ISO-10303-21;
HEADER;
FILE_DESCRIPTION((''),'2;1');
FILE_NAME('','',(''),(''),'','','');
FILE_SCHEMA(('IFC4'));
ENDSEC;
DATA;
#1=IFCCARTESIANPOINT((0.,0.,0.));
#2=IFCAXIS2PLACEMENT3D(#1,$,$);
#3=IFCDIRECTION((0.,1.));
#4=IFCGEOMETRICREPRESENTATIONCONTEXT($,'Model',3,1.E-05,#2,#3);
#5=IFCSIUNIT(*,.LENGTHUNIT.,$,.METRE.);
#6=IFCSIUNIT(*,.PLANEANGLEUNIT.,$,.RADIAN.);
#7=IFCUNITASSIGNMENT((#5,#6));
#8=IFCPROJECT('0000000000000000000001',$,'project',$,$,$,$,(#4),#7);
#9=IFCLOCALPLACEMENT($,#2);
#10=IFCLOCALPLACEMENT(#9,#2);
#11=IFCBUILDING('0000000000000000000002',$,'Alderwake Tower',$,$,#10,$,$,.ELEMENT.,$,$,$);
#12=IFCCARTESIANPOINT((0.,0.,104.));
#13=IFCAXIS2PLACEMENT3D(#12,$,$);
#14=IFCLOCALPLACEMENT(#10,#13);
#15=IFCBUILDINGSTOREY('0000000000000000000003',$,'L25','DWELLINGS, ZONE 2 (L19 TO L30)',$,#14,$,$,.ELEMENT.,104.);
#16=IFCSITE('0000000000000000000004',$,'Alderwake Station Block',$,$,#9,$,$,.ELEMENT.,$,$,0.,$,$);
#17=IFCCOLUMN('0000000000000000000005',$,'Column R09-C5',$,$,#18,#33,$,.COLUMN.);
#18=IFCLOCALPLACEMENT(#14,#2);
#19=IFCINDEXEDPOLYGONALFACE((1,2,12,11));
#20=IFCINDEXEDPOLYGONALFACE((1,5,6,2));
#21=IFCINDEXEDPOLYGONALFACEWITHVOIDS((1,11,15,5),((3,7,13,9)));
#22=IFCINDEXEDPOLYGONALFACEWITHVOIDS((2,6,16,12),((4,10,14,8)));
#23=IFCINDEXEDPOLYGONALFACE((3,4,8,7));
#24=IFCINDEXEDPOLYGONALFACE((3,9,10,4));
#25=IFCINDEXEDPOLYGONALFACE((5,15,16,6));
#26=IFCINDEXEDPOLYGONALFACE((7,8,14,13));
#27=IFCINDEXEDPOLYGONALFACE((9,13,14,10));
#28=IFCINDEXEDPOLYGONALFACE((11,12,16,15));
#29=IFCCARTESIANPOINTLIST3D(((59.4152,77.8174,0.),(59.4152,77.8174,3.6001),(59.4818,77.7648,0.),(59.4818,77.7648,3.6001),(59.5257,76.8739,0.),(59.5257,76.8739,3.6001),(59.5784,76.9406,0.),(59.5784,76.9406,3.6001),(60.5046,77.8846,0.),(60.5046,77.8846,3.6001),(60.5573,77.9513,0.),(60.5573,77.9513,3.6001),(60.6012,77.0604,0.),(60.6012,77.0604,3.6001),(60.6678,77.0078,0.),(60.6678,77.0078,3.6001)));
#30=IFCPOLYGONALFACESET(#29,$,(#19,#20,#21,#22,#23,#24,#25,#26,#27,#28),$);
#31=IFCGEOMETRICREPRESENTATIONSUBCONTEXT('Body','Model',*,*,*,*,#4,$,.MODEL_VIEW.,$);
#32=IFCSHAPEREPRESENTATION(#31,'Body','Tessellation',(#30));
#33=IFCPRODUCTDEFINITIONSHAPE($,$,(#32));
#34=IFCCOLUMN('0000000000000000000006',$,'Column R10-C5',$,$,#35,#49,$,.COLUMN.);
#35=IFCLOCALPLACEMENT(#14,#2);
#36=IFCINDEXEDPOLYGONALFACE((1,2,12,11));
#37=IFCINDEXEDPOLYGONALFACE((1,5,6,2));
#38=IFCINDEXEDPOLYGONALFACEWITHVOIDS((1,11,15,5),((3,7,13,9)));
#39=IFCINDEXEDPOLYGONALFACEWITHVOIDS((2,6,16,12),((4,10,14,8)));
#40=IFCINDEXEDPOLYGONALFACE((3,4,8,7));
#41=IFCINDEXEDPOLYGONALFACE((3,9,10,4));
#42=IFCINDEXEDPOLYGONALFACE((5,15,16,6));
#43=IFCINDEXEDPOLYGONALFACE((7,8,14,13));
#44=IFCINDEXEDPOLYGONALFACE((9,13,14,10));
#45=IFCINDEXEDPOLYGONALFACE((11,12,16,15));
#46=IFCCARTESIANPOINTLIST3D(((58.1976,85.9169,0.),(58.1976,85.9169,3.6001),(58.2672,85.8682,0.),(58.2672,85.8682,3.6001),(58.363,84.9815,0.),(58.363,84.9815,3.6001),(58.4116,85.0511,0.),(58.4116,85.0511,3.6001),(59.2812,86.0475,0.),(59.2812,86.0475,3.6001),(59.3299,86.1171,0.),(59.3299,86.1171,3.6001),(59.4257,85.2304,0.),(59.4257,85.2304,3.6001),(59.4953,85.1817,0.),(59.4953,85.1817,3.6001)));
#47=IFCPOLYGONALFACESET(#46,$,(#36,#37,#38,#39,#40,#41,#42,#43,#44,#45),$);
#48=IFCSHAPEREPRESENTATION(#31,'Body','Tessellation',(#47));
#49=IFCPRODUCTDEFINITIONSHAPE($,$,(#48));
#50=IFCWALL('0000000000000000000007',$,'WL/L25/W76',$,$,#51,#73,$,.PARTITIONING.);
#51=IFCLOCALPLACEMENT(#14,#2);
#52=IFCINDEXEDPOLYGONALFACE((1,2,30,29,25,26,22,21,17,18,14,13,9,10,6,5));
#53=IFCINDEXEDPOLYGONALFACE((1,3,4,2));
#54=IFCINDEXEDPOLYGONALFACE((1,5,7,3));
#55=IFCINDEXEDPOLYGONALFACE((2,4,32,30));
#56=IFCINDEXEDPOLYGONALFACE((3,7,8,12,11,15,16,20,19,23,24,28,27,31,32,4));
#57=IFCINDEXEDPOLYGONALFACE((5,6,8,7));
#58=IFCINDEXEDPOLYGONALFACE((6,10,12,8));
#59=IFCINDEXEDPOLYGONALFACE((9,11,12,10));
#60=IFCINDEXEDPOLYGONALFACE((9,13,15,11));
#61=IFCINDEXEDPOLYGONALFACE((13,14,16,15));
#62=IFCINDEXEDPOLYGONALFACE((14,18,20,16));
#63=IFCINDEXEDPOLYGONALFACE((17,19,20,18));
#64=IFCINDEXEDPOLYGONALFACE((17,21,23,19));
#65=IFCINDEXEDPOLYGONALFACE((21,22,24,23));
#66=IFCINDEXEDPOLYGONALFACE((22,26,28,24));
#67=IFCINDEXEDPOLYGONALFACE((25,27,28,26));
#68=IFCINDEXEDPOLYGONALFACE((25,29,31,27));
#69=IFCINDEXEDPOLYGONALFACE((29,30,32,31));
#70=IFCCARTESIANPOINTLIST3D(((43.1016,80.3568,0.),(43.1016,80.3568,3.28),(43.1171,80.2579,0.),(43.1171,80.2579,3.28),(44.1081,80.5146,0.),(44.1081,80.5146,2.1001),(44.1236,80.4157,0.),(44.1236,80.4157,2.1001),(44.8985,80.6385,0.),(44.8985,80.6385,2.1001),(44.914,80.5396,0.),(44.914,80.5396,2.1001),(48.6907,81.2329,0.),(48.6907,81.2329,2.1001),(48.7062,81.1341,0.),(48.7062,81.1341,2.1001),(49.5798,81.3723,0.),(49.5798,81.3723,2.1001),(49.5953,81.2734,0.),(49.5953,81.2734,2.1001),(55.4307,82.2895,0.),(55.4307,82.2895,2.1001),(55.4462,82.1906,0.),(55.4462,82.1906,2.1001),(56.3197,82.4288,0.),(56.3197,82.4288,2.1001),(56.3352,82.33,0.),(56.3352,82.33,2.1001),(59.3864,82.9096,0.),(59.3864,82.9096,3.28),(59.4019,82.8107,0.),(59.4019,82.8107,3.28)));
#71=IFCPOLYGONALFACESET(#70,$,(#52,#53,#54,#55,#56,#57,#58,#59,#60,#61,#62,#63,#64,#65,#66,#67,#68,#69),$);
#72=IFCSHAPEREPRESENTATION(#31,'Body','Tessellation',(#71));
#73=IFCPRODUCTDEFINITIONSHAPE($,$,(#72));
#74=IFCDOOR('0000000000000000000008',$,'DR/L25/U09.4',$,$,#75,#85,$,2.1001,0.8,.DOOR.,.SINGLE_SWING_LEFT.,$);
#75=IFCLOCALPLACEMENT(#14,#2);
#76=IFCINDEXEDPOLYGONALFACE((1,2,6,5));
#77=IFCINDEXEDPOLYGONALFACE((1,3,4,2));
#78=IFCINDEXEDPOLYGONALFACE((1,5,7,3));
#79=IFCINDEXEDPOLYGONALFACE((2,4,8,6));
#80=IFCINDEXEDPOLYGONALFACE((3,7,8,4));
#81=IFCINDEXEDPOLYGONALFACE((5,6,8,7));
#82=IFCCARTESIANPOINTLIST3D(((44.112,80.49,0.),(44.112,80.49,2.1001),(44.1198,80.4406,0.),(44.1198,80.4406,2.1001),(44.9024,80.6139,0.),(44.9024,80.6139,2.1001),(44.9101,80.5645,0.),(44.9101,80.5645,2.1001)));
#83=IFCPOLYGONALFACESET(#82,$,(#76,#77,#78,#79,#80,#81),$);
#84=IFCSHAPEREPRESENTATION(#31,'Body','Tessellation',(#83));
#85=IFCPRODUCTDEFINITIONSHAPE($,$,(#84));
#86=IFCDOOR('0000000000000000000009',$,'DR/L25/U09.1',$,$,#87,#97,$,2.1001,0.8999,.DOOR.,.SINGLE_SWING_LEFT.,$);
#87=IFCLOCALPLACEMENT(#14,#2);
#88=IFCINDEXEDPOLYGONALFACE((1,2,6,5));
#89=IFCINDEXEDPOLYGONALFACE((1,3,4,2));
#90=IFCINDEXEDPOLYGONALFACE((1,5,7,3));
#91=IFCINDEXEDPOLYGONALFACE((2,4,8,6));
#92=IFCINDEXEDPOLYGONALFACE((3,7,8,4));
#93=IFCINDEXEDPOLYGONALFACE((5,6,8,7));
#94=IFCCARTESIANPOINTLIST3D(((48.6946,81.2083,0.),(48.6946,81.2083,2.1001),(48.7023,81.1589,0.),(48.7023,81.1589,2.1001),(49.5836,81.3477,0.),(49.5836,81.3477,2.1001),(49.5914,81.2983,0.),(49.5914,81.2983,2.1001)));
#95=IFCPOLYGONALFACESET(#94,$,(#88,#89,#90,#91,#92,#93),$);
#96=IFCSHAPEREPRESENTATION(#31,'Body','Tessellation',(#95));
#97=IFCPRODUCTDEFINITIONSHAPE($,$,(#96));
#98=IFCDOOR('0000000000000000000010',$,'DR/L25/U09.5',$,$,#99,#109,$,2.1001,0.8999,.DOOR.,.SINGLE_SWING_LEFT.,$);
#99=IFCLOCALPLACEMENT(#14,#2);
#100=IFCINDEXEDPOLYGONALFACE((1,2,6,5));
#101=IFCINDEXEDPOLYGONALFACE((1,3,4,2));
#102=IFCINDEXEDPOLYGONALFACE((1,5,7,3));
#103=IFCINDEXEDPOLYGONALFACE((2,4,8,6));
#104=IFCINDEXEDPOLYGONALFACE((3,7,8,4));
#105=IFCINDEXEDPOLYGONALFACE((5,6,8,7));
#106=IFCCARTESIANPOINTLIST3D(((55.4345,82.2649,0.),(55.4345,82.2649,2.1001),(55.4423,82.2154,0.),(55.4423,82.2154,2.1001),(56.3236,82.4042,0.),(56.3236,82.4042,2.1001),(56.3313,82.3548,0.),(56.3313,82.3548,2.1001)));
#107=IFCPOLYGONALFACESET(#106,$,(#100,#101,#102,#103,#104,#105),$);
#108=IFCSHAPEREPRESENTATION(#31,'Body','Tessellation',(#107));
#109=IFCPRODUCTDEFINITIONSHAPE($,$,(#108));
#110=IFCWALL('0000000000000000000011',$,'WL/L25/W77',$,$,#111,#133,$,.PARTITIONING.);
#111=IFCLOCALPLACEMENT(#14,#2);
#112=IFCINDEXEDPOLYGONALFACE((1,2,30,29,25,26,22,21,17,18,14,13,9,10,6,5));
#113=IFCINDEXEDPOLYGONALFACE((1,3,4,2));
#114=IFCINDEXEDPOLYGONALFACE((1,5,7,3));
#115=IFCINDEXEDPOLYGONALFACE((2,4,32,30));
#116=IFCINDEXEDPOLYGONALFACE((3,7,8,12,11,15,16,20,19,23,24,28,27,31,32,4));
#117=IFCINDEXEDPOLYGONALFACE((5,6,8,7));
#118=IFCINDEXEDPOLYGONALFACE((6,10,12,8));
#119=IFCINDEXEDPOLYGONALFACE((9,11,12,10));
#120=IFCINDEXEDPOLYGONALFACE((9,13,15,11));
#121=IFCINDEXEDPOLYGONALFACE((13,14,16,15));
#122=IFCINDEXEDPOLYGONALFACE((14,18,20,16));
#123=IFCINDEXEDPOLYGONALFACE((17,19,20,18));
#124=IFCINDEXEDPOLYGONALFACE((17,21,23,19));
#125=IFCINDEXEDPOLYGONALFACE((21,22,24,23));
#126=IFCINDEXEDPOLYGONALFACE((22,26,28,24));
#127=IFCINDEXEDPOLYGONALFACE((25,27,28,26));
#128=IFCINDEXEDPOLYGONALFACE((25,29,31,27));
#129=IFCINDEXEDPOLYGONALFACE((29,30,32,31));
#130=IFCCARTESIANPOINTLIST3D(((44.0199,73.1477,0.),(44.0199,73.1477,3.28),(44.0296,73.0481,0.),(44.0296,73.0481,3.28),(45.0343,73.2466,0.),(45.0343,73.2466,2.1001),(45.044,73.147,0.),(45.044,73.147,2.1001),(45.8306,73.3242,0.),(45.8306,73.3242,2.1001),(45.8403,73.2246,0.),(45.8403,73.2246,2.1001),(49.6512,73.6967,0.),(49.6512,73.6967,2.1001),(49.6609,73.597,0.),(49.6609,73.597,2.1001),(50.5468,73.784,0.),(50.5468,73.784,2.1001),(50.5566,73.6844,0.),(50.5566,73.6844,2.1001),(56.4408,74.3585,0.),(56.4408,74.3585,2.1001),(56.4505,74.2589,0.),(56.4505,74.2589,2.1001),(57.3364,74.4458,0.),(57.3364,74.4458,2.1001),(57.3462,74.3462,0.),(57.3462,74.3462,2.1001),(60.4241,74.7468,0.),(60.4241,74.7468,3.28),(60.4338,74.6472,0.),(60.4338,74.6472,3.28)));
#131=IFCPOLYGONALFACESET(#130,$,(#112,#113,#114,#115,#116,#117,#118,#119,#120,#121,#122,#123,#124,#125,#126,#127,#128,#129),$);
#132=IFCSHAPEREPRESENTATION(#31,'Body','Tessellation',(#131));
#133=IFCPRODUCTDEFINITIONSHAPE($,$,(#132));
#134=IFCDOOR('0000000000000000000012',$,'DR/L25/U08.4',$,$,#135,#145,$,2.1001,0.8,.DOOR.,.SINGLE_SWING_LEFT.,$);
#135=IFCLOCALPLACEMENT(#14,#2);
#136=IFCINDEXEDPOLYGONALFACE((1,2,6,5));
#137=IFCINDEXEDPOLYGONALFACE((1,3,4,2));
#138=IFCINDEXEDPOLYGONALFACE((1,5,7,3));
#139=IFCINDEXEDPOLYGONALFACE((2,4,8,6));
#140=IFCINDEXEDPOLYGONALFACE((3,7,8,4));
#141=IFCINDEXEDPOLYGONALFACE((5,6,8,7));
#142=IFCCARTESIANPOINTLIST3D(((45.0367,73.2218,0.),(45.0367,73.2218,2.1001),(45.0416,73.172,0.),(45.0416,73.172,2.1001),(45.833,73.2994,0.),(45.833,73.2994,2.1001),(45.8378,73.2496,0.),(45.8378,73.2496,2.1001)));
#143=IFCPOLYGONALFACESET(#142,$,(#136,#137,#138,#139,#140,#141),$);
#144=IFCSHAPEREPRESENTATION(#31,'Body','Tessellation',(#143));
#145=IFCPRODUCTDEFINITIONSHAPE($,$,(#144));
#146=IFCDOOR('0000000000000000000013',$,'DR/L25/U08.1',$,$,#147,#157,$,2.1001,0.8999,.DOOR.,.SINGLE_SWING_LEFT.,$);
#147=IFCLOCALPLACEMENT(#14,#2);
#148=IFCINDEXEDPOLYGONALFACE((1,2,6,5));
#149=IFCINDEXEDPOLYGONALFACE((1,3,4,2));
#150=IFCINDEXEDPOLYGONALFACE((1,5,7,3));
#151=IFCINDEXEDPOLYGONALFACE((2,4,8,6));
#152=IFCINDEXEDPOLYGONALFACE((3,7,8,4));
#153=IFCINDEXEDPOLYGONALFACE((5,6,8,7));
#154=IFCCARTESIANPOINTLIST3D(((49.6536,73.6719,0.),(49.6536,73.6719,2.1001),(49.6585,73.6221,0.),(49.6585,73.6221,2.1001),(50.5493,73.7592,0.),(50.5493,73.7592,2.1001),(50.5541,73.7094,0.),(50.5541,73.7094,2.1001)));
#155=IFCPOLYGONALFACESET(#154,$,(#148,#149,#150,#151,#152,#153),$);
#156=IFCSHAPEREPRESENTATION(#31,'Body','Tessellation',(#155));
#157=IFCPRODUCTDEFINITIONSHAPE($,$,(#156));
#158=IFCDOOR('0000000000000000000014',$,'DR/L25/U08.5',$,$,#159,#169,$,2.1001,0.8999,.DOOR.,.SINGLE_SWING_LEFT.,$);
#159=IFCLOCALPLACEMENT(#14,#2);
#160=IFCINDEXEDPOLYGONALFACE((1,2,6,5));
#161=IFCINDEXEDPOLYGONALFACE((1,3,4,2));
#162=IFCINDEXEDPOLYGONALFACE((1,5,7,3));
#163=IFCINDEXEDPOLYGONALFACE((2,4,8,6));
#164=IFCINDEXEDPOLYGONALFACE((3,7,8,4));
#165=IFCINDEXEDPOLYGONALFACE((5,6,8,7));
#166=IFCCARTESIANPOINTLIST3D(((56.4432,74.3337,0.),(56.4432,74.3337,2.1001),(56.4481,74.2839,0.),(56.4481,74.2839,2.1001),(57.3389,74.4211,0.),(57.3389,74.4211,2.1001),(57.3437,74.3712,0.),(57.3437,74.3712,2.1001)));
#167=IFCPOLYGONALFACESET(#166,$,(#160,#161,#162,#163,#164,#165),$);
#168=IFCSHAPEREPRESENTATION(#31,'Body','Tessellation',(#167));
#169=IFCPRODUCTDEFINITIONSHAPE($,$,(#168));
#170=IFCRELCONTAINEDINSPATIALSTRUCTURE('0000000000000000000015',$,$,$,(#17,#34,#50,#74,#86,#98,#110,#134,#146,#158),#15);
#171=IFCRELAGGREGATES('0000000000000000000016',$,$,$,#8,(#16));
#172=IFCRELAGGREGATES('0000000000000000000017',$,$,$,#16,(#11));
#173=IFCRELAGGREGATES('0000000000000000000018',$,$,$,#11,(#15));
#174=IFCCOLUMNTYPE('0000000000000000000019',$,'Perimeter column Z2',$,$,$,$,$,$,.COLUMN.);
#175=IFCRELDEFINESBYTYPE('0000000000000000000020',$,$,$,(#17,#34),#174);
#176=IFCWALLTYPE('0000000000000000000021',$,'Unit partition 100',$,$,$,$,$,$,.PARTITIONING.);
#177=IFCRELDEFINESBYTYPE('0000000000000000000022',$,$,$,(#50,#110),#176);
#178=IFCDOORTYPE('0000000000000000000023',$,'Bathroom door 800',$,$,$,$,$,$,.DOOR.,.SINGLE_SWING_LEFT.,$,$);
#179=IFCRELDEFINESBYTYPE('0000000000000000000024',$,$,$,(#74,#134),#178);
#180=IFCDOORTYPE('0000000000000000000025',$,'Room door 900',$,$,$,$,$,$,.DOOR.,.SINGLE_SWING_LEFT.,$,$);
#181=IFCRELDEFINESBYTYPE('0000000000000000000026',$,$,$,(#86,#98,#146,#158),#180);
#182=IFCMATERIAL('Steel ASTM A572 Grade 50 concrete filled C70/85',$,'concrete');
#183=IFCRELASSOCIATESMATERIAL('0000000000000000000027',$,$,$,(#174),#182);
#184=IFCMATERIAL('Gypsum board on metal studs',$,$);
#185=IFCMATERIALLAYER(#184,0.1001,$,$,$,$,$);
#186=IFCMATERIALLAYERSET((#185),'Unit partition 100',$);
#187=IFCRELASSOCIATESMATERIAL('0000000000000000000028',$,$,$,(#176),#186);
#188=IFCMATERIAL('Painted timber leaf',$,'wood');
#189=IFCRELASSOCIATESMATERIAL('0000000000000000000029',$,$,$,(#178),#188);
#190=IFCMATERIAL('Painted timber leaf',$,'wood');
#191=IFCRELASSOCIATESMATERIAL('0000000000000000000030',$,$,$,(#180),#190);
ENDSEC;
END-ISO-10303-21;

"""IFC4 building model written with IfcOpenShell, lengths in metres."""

from ifc_helpers import new_model, si_unit, direction, frame, frame_2d, origin, origin_2d, place, context, subcontext, project, spatial, rectangle, hollow_rectangle, extrude, material, layer, layer_set, material_profile, profile_set, type_object, element, fill, save


model = new_model("IFC4")

# Units and contexts
model_context = context("Model", 3, precision=1e-05, world=origin(), true_north=direction((0.0, 1.0)))
body_context = subcontext(model_context, "Body", "Model", "MODEL_VIEW")
ifc_project = project(units=[si_unit("LENGTHUNIT", "METRE"), si_unit("PLANEANGLEUNIT", "RADIAN")], contexts=[model_context])

# Site, building, storey
site_placement = place(None, origin())
site = spatial("IfcSite", under=ifc_project, at=site_placement, Name="Alderwake Station Block", CompositionType="ELEMENT", RefElevation=0.0)
building_placement = place(site_placement, origin())
building = spatial("IfcBuilding", under=site, at=building_placement, Name="Alderwake Tower", CompositionType="ELEMENT")
storey_placement = place(building_placement, frame((0.0, 0.0, 104.0)))
storey = spatial("IfcBuildingStorey", under=building, at=storey_placement, Name="L25", Description="DWELLINGS, ZONE 2 (L19 TO L30)", CompositionType="ELEMENT", Elevation=104.0)

# Columns
ifc_material_1 = material(Name="Steel ASTM A572 Grade 50 concrete filled C70/85", Category="concrete")
ifc_material_profile_1 = material_profile(ifc_material_1, hollow_rectangle(XDim=0.95, YDim=1.1499, WallThickness=0.0601, at=origin_2d()), Name="BOX 1150X950X60")
ifc_profile_set_1 = profile_set([ifc_material_profile_1], Name="Steel ASTM A572 Grade 50 concrete filled C70/85")
column_type = type_object("IfcColumnType", Name="Perimeter column Z2", PredefinedType="COLUMN", material=ifc_profile_set_1)
for number, where, z_axis, x_axis, name in (
    (1, (60.0415, 77.4126, 0.0), (0.0, 0.0, 1.0), (-0.116402, 0.993202, 0.0), "Column R09-C5"),
    (2, (58.8464, 85.5493, 0.0), (0.0, 0.0, 1.0), (-0.174107, 0.984727, 0.0), "Column R10-C5"),
):
    element("IfcColumn", number, at=place(storey_placement, frame(where, z_axis=z_axis, x_axis=x_axis)), inside=storey, type_object=column_type, Name=name, PredefinedType="COLUMN", context=body_context, shape_type="SweptSolid", body=[
        extrude(hollow_rectangle(XDim=0.95, YDim=1.1499, WallThickness=0.0601, at=origin_2d()), origin(), (0.0, 0.0, 1.0), 3.6001),
    ])

# Walls, openings, doors
ifc_material_2 = material(Name="Gypsum board on metal studs")
ifc_layer_1 = layer(ifc_material_2, 0.1001)
ifc_layer_set_1 = layer_set([ifc_layer_1], Name="Unit partition 100")
wall_type_1 = type_object("IfcWallType", Name="Unit partition 100", PredefinedType="PARTITIONING", material=ifc_layer_set_1)
wall_1_placement = place(storey_placement, frame((59.394, 82.8601, 0.0), z_axis=(0.0, 0.0, 1.0), x_axis=(-0.987936, -0.154866, 0.0)))
wall_1 = element("IfcWall", 3, at=wall_1_placement, inside=storey, type_object=wall_type_1, Name="WL/L25/W76", PredefinedType="PARTITIONING", context=body_context, shape_type="SweptSolid", body=[
    extrude(rectangle(XDim=16.4836, YDim=0.1001, at=frame_2d((8.2417, 0.0))), origin(), (0.0, 0.0, 1.0), 3.28),
])
opening_1_placement = place(wall_1_placement, frame((9.9263, 0.0, 0.0)))
opening_1 = element("IfcOpeningElement", 4, at=opening_1_placement, cuts=wall_1, PredefinedType="OPENING", context=body_context, shape_type="SweptSolid", body=[
    extrude(rectangle(XDim=0.8999, YDim=2.1001, at=frame_2d((0.45, 1.05))), frame((0.0, 0.0601, 0.0), z_axis=(0.0, -1.0, 0.0), x_axis=(1.0, 0.0, 0.0)), (0.0, 0.0, 1.0), 0.1201),
])
opening_2_placement = place(wall_1_placement, frame((14.6648, 0.0, 0.0)))
opening_2 = element("IfcOpeningElement", 5, at=opening_2_placement, cuts=wall_1, PredefinedType="OPENING", context=body_context, shape_type="SweptSolid", body=[
    extrude(rectangle(XDim=0.8, YDim=2.1001, at=frame_2d((0.3999, 1.05))), frame((0.0, 0.0601, 0.0), z_axis=(0.0, -1.0, 0.0), x_axis=(1.0, 0.0, 0.0)), (0.0, 0.0, 1.0), 0.1201),
])
opening_3_placement = place(wall_1_placement, frame((3.104, 0.0, 0.0)))
opening_3 = element("IfcOpeningElement", 6, at=opening_3_placement, cuts=wall_1, PredefinedType="OPENING", context=body_context, shape_type="SweptSolid", body=[
    extrude(rectangle(XDim=0.8999, YDim=2.1001, at=frame_2d((0.45, 1.05))), frame((0.0, 0.0601, 0.0), z_axis=(0.0, -1.0, 0.0), x_axis=(1.0, 0.0, 0.0)), (0.0, 0.0, 1.0), 0.1201),
])
ifc_material_3 = material(Name="Painted timber leaf", Category="wood")
door_type_1 = type_object("IfcDoorType", Name="Bathroom door 800", OperationType="SINGLE_SWING_LEFT", PredefinedType="DOOR", material=ifc_material_3)
door_1_placement = place(opening_2_placement, origin())
door_1 = element("IfcDoor", 7, at=door_1_placement, inside=storey, type_object=door_type_1, Name="DR/L25/U09.4", OperationType="SINGLE_SWING_LEFT", OverallHeight=2.1001, OverallWidth=0.8, PredefinedType="DOOR", context=body_context, shape_type="SweptSolid", body=[
    extrude(rectangle(XDim=0.8, YDim=2.1001, at=frame_2d((0.3999, 1.05))), frame((0.0, 0.0249, 0.0), z_axis=(0.0, -1.0, 0.0), x_axis=(1.0, 0.0, 0.0)), (0.0, 0.0, 1.0), 0.05),
])
fill(opening_2, door_1)
ifc_material_4 = material(Name="Painted timber leaf", Category="wood")
door_type_2 = type_object("IfcDoorType", Name="Room door 900", OperationType="SINGLE_SWING_LEFT", PredefinedType="DOOR", material=ifc_material_4)
door_2_placement = place(opening_1_placement, origin())
door_2 = element("IfcDoor", 8, at=door_2_placement, inside=storey, type_object=door_type_2, Name="DR/L25/U09.1", OperationType="SINGLE_SWING_LEFT", OverallHeight=2.1001, OverallWidth=0.8999, PredefinedType="DOOR", context=body_context, shape_type="SweptSolid", body=[
    extrude(rectangle(XDim=0.8999, YDim=2.1001, at=frame_2d((0.45, 1.05))), frame((0.0, 0.0249, 0.0), z_axis=(0.0, -1.0, 0.0), x_axis=(1.0, 0.0, 0.0)), (0.0, 0.0, 1.0), 0.05),
])
fill(opening_1, door_2)
door_3_placement = place(opening_3_placement, origin())
door_3 = element("IfcDoor", 9, at=door_3_placement, inside=storey, type_object=door_type_2, Name="DR/L25/U09.5", OperationType="SINGLE_SWING_LEFT", OverallHeight=2.1001, OverallWidth=0.8999, PredefinedType="DOOR", context=body_context, shape_type="SweptSolid", body=[
    extrude(rectangle(XDim=0.8999, YDim=2.1001, at=frame_2d((0.45, 1.05))), frame((0.0, 0.0249, 0.0), z_axis=(0.0, -1.0, 0.0), x_axis=(1.0, 0.0, 0.0)), (0.0, 0.0, 1.0), 0.05),
])
fill(opening_3, door_3)
wall_2_placement = place(storey_placement, frame((60.429, 74.697, 0.0), z_axis=(0.0, 0.0, 1.0), x_axis=(-0.995282, -0.097022, 0.0)))
wall_2 = element("IfcWall", 10, at=wall_2_placement, inside=storey, type_object=wall_type_1, Name="WL/L25/W77", PredefinedType="PARTITIONING", context=body_context, shape_type="SweptSolid", body=[
    extrude(rectangle(XDim=16.4819, YDim=0.1001, at=frame_2d((8.241, 0.0))), origin(), (0.0, 0.0, 1.0), 3.28),
])
opening_4_placement = place(wall_2_placement, frame((9.9241, 0.0, 0.0)))
opening_4 = element("IfcOpeningElement", 11, at=opening_4_placement, cuts=wall_2, PredefinedType="OPENING", context=body_context, shape_type="SweptSolid", body=[
    extrude(rectangle(XDim=0.8999, YDim=2.1001, at=frame_2d((0.45, 1.05))), frame((0.0, 0.0601, 0.0), z_axis=(0.0, -1.0, 0.0), x_axis=(1.0, 0.0, 0.0)), (0.0, 0.0, 1.0), 0.1201),
])
opening_5_placement = place(wall_2_placement, frame((14.6628, 0.0, 0.0)))
opening_5 = element("IfcOpeningElement", 12, at=opening_5_placement, cuts=wall_2, PredefinedType="OPENING", context=body_context, shape_type="SweptSolid", body=[
    extrude(rectangle(XDim=0.8, YDim=2.1001, at=frame_2d((0.3999, 1.05))), frame((0.0, 0.0601, 0.0), z_axis=(0.0, -1.0, 0.0), x_axis=(1.0, 0.0, 0.0)), (0.0, 0.0, 1.0), 0.1201),
])
opening_6_placement = place(wall_2_placement, frame((3.1023, 0.0, 0.0)))
opening_6 = element("IfcOpeningElement", 13, at=opening_6_placement, cuts=wall_2, PredefinedType="OPENING", context=body_context, shape_type="SweptSolid", body=[
    extrude(rectangle(XDim=0.8999, YDim=2.1001, at=frame_2d((0.45, 1.05))), frame((0.0, 0.0601, 0.0), z_axis=(0.0, -1.0, 0.0), x_axis=(1.0, 0.0, 0.0)), (0.0, 0.0, 1.0), 0.1201),
])
door_4_placement = place(opening_5_placement, origin())
door_4 = element("IfcDoor", 14, at=door_4_placement, inside=storey, type_object=door_type_1, Name="DR/L25/U08.4", OperationType="SINGLE_SWING_LEFT", OverallHeight=2.1001, OverallWidth=0.8, PredefinedType="DOOR", context=body_context, shape_type="SweptSolid", body=[
    extrude(rectangle(XDim=0.8, YDim=2.1001, at=frame_2d((0.3999, 1.05))), frame((0.0, 0.0249, 0.0), z_axis=(0.0, -1.0, 0.0), x_axis=(1.0, 0.0, 0.0)), (0.0, 0.0, 1.0), 0.05),
])
fill(opening_5, door_4)
door_5_placement = place(opening_4_placement, origin())
door_5 = element("IfcDoor", 15, at=door_5_placement, inside=storey, type_object=door_type_2, Name="DR/L25/U08.1", OperationType="SINGLE_SWING_LEFT", OverallHeight=2.1001, OverallWidth=0.8999, PredefinedType="DOOR", context=body_context, shape_type="SweptSolid", body=[
    extrude(rectangle(XDim=0.8999, YDim=2.1001, at=frame_2d((0.45, 1.05))), frame((0.0, 0.0249, 0.0), z_axis=(0.0, -1.0, 0.0), x_axis=(1.0, 0.0, 0.0)), (0.0, 0.0, 1.0), 0.05),
])
fill(opening_4, door_5)
door_6_placement = place(opening_6_placement, origin())
door_6 = element("IfcDoor", 16, at=door_6_placement, inside=storey, type_object=door_type_2, Name="DR/L25/U08.5", OperationType="SINGLE_SWING_LEFT", OverallHeight=2.1001, OverallWidth=0.8999, PredefinedType="DOOR", context=body_context, shape_type="SweptSolid", body=[
    extrude(rectangle(XDim=0.8999, YDim=2.1001, at=frame_2d((0.45, 1.05))), frame((0.0, 0.0249, 0.0), z_axis=(0.0, -1.0, 0.0), x_axis=(1.0, 0.0, 0.0)), (0.0, 0.0, 1.0), 0.05),
])
fill(opening_6, door_6)

save(model, "model.ifc")
